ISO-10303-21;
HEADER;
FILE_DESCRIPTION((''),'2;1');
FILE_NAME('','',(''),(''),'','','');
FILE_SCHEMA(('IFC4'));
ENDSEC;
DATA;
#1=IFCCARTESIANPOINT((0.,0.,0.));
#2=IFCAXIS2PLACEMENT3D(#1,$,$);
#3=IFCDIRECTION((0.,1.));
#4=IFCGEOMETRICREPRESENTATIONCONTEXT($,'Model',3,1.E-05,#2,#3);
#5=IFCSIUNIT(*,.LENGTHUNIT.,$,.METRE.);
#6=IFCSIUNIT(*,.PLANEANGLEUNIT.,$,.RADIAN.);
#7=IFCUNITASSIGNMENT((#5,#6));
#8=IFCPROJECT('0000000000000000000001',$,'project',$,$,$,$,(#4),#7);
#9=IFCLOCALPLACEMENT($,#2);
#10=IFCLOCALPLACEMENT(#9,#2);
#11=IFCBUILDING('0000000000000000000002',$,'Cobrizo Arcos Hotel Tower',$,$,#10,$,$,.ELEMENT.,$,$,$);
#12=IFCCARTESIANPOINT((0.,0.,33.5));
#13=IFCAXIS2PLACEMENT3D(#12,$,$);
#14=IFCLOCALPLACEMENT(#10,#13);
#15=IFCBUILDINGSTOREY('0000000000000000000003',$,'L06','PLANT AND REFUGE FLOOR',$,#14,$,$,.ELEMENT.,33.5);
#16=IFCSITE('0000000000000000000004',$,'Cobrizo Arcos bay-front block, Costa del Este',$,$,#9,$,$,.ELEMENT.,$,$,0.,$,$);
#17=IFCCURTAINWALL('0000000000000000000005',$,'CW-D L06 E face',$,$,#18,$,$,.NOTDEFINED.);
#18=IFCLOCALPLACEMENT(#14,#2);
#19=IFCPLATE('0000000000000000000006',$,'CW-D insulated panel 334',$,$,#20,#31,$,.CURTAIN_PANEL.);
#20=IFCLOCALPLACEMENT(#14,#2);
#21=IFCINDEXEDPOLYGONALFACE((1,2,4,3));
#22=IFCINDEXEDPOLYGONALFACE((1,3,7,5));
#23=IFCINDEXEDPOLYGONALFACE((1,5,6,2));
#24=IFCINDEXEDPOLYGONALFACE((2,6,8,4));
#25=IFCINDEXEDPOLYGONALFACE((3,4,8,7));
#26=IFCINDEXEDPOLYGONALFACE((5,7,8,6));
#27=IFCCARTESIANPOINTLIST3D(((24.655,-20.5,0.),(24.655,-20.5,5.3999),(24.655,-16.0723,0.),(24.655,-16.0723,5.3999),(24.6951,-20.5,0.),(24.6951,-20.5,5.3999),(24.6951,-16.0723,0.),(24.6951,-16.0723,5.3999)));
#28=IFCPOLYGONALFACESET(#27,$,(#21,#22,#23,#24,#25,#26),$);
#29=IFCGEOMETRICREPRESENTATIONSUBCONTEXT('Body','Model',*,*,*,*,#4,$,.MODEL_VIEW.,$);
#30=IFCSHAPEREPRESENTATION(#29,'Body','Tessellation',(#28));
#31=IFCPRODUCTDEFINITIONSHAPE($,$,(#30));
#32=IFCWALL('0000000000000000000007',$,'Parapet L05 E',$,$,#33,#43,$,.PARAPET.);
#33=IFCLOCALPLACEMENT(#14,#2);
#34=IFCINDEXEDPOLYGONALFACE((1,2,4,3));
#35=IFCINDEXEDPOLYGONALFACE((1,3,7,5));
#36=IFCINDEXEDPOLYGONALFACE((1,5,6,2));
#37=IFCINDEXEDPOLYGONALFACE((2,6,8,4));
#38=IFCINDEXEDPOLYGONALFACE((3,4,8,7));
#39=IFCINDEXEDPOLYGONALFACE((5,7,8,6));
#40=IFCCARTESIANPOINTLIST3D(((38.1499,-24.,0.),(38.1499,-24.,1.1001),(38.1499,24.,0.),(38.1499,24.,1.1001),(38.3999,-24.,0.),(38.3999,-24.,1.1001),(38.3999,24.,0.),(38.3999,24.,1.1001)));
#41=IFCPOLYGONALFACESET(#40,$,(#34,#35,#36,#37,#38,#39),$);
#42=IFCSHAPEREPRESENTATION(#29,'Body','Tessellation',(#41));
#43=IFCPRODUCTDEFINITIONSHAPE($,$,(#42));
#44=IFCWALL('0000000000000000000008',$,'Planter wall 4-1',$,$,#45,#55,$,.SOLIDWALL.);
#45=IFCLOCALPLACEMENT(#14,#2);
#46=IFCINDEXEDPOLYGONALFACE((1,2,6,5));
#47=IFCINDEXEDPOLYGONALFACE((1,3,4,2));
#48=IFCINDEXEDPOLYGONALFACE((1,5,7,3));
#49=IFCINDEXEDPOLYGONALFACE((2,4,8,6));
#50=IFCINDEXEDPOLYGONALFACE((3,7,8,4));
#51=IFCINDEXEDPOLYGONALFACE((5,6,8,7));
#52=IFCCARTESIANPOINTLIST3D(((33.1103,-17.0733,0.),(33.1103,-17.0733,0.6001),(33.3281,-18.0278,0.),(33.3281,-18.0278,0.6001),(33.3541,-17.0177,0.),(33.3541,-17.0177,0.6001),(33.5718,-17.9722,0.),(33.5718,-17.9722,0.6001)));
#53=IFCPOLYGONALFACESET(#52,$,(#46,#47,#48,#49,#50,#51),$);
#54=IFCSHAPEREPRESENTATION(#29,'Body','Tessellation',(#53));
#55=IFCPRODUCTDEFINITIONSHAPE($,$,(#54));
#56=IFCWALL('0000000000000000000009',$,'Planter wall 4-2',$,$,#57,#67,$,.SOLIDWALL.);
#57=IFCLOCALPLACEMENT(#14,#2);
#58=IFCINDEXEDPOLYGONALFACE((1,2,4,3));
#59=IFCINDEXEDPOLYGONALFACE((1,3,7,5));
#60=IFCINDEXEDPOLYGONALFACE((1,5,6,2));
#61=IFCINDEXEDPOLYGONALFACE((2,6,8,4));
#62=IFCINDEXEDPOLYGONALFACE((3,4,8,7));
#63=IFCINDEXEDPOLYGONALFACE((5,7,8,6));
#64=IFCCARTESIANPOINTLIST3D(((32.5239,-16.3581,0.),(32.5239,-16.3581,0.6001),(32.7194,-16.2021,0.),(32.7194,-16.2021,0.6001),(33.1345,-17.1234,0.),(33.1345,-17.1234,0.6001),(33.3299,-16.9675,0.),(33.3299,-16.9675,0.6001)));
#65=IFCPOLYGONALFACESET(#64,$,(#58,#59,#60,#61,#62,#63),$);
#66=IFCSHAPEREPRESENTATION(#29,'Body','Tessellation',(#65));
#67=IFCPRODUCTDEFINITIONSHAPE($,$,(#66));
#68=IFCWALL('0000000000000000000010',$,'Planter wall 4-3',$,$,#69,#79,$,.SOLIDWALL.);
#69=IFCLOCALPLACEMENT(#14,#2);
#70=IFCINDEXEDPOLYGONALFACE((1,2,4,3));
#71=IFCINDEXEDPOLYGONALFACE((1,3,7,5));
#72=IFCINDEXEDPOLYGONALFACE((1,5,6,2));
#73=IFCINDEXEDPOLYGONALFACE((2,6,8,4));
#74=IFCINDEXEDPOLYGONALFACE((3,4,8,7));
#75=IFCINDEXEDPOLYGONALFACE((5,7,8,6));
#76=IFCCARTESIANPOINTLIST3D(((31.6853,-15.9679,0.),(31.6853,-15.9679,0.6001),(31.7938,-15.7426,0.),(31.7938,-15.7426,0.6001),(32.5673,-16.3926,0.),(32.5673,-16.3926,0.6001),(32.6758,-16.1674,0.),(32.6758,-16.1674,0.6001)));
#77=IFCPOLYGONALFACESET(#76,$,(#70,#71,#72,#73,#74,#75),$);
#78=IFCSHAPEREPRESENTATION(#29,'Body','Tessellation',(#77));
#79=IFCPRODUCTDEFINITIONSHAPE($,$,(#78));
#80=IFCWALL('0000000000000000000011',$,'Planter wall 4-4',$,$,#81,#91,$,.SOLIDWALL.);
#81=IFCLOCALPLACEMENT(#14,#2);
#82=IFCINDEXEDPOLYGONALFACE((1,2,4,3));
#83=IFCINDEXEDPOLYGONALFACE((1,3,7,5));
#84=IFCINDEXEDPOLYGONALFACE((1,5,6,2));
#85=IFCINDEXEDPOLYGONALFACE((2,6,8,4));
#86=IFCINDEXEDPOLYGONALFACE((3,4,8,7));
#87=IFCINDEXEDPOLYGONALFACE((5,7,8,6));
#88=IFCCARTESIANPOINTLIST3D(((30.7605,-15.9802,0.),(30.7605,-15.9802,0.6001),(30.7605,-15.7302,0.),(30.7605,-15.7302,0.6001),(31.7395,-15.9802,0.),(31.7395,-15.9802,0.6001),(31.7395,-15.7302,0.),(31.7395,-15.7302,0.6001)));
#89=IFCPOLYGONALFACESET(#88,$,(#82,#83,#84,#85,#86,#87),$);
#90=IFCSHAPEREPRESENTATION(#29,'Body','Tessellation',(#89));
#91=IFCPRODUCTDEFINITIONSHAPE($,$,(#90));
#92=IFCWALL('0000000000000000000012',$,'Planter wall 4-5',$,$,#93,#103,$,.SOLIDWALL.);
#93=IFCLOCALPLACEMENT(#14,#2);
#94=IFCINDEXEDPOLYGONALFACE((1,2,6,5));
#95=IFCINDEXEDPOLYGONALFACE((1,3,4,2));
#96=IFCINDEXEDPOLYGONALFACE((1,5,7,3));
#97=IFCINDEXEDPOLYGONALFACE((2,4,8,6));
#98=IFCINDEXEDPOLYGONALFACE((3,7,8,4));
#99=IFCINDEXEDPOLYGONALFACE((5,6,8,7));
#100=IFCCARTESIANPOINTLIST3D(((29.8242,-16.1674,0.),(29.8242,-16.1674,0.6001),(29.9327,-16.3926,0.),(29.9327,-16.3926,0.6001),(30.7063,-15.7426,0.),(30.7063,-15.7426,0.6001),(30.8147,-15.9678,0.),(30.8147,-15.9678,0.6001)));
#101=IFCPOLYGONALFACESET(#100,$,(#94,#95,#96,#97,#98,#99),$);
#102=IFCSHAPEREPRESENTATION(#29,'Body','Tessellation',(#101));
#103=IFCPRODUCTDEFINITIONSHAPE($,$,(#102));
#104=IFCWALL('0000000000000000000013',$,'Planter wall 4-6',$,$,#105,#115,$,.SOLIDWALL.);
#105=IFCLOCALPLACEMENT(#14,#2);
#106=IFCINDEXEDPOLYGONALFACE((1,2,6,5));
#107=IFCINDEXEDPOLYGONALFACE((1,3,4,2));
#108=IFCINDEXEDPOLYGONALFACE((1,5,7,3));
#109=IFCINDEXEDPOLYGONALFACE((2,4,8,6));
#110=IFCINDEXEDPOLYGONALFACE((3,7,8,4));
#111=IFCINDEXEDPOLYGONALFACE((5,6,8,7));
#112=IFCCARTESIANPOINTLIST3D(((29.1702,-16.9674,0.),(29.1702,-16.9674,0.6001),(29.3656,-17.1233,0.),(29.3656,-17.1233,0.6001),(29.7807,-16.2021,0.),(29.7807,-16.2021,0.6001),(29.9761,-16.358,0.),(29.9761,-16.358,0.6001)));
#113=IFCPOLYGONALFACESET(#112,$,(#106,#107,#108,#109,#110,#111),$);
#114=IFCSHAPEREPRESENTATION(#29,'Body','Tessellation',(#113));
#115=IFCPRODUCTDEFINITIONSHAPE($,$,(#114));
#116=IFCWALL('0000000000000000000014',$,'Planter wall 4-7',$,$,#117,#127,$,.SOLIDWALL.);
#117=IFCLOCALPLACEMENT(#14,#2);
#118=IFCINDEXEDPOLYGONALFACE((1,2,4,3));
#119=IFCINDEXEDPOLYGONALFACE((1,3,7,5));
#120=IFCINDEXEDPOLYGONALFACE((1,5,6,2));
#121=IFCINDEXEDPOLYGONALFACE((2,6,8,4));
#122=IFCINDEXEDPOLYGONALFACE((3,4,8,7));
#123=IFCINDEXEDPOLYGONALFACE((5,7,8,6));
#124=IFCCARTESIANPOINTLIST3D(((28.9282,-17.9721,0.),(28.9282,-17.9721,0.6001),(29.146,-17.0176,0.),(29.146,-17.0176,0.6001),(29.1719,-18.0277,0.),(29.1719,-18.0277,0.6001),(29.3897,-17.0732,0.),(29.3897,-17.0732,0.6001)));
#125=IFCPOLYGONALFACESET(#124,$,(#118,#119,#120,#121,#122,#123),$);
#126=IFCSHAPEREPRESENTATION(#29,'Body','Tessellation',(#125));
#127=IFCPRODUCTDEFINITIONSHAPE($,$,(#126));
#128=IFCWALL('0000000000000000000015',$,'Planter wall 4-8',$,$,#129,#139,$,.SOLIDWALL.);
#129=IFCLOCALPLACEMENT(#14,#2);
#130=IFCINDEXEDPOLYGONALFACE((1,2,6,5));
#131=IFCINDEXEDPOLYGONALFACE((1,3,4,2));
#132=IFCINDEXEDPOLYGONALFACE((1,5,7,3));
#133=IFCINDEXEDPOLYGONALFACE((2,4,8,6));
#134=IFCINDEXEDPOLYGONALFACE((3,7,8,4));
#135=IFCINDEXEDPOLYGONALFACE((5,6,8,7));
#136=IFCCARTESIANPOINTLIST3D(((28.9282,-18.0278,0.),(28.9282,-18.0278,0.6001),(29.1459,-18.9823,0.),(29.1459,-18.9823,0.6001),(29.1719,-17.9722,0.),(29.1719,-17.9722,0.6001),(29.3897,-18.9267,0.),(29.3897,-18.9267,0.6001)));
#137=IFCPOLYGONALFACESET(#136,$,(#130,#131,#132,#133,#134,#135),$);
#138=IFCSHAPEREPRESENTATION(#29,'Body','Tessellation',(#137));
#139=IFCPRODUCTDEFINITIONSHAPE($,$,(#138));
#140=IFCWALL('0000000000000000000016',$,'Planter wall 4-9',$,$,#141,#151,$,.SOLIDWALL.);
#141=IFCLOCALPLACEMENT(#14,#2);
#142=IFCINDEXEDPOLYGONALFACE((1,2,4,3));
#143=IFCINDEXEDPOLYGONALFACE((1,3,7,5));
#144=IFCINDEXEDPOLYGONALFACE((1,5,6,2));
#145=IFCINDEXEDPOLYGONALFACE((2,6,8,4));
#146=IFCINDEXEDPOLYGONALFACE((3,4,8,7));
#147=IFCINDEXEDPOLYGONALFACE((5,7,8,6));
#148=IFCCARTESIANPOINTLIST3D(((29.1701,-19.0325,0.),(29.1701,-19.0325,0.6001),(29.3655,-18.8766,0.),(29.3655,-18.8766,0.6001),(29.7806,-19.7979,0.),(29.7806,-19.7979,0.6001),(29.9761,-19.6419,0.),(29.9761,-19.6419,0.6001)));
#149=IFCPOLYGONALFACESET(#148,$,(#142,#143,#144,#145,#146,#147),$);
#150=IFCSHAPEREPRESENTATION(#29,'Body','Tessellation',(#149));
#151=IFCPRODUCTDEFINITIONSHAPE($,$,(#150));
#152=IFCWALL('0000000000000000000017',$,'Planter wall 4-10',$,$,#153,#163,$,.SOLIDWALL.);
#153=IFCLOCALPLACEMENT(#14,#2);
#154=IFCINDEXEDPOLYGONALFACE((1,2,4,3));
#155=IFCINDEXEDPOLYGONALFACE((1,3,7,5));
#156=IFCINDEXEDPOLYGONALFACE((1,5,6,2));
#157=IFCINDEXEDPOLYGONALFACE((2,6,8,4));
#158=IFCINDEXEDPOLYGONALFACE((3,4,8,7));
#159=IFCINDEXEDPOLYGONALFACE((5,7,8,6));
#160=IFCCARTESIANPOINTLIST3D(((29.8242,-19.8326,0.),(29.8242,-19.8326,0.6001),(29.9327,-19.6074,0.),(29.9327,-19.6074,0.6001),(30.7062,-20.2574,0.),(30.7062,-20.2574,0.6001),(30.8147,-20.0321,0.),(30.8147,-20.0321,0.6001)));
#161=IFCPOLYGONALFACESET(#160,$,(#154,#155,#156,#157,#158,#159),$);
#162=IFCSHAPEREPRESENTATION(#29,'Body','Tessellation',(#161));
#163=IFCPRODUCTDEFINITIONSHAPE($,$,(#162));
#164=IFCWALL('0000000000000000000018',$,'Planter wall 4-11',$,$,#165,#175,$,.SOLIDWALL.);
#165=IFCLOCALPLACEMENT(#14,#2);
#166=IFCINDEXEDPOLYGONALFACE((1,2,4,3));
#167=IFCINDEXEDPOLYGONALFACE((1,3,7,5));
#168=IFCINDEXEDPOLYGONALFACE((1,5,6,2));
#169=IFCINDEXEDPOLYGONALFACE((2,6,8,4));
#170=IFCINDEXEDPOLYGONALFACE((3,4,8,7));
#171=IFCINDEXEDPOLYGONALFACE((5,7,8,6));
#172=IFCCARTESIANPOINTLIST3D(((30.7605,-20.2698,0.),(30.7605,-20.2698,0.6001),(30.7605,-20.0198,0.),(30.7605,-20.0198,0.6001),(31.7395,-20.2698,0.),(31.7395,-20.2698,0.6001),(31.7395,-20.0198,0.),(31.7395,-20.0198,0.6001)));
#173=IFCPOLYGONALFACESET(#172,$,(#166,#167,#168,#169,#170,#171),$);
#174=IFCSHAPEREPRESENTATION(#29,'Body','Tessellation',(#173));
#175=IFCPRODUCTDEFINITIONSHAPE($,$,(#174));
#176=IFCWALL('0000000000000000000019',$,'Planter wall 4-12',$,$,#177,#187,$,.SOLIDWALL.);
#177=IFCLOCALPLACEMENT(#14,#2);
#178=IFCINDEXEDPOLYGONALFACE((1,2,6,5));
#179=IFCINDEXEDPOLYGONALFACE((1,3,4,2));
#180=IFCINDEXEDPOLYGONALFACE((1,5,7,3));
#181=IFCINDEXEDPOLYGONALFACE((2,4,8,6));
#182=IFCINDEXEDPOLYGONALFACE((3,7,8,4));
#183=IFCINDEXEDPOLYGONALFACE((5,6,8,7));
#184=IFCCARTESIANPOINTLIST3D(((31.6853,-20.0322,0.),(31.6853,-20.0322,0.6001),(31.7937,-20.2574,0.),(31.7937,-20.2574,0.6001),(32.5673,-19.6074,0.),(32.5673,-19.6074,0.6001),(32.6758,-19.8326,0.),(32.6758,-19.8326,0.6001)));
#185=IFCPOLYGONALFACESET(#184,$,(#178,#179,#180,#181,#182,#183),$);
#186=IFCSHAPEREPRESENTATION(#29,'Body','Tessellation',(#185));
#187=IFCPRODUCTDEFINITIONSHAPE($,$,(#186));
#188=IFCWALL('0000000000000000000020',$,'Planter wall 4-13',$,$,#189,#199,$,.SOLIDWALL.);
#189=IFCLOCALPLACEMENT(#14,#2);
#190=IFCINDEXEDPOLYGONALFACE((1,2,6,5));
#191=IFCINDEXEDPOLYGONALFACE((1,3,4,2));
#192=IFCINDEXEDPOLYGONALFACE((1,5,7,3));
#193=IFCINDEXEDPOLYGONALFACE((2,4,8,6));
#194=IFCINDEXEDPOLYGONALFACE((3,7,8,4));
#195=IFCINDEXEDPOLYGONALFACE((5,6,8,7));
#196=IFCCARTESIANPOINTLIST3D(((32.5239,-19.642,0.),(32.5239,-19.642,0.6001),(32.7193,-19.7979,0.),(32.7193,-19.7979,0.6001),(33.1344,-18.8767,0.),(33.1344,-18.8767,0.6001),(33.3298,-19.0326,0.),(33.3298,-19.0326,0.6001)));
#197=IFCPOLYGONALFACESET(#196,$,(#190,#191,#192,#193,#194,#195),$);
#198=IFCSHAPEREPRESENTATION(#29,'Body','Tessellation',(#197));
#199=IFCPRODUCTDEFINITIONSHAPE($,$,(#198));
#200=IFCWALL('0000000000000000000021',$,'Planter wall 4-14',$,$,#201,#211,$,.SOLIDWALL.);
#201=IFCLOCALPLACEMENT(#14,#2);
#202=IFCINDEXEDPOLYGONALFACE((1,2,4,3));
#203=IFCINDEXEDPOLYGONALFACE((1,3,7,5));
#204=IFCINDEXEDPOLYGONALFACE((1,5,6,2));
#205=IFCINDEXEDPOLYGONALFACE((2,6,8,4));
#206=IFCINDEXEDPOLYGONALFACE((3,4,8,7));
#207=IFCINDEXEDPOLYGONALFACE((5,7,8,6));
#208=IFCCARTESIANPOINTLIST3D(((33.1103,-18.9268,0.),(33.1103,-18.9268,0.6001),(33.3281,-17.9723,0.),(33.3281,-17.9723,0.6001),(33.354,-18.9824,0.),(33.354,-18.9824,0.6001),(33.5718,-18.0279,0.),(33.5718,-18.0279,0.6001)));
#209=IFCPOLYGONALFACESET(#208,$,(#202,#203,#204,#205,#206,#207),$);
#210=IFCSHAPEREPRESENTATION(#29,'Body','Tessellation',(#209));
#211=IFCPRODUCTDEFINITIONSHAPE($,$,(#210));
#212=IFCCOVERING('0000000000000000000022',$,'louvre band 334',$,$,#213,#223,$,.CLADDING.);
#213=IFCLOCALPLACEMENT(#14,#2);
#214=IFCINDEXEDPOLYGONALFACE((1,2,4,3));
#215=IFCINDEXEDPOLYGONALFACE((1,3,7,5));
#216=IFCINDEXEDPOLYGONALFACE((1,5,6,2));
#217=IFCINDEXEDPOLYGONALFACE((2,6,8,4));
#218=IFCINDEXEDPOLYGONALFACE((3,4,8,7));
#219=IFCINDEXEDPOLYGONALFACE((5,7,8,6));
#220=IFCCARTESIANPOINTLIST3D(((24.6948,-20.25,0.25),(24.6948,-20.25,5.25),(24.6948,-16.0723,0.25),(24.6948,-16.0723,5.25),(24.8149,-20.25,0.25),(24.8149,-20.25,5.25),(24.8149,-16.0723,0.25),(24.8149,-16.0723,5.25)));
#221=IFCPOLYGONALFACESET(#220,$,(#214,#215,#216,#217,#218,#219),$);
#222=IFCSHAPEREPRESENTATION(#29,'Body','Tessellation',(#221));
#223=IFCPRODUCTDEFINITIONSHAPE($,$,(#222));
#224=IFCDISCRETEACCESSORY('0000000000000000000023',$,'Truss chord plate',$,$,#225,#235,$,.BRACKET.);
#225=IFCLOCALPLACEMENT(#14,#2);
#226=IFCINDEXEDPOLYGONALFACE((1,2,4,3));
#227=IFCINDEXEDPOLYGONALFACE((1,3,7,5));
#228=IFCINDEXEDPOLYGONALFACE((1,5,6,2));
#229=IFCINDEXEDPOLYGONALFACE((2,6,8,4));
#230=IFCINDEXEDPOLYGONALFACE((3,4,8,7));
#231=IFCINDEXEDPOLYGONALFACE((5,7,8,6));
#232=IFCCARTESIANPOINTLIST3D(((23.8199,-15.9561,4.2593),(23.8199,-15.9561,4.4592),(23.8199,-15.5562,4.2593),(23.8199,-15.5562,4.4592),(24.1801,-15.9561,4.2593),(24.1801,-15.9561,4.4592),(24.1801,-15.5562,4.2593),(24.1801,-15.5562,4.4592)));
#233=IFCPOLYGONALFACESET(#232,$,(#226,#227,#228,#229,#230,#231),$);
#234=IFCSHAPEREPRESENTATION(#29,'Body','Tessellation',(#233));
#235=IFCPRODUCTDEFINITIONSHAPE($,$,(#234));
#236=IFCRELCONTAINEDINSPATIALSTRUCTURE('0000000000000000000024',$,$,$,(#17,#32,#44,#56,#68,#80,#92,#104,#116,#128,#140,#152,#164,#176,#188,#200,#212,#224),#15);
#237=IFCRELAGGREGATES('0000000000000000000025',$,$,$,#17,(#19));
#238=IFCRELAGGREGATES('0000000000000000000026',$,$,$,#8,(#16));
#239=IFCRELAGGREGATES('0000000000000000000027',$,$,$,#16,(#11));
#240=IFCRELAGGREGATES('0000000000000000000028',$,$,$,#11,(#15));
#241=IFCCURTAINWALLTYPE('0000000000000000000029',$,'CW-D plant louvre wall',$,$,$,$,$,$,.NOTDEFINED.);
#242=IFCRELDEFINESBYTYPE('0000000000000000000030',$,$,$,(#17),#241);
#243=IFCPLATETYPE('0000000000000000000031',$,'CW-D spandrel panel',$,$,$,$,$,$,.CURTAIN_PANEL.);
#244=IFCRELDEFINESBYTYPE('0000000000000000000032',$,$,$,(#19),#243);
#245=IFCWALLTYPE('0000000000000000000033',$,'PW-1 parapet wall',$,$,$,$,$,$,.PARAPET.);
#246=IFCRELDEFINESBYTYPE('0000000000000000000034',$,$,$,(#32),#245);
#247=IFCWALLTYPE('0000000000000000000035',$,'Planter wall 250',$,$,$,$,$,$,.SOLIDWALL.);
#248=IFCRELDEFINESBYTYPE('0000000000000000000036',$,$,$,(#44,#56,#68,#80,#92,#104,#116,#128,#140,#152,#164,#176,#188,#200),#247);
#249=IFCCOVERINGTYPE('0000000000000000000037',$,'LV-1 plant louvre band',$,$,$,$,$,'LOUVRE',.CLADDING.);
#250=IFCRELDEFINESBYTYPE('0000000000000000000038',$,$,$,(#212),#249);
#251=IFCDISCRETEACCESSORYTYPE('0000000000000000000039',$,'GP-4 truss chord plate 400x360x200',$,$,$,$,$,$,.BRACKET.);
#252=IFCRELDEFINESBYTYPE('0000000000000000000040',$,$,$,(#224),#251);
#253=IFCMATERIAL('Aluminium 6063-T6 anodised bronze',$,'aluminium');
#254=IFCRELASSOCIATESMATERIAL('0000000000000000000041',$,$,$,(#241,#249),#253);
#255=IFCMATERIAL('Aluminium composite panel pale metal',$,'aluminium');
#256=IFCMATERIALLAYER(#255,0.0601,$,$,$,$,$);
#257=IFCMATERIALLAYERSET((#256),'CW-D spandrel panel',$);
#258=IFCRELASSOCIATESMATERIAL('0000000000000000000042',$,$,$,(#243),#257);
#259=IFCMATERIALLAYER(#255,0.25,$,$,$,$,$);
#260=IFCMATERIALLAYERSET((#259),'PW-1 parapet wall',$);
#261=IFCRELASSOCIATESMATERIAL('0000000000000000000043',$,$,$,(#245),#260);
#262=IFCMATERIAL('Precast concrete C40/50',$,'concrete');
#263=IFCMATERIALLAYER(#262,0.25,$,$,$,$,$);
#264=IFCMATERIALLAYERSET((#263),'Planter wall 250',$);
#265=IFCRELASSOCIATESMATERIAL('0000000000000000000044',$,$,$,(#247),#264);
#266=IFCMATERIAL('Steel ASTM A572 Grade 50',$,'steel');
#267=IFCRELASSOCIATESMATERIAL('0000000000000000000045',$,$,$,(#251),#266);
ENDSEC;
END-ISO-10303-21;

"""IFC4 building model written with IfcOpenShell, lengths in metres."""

from ifc_helpers import new_model, si_unit, direction, frame, frame_2d, origin, origin_2d, place, context, subcontext, project, spatial, rectangle, extrude, material, layer, layer_set, type_object, element, aggregate, save


model = new_model("IFC4")

# Units and contexts
model_context = context("Model", 3, precision=1e-05, world=origin(), true_north=direction((0.0, 1.0)))
body_context = subcontext(model_context, "Body", "Model", "MODEL_VIEW")
ifc_project = project(units=[si_unit("LENGTHUNIT", "METRE"), si_unit("PLANEANGLEUNIT", "RADIAN")], contexts=[model_context])

# Site, building, storey
site_placement = place(None, origin())
site = spatial("IfcSite", under=ifc_project, at=site_placement, Name="Cobrizo Arcos bay-front block, Costa del Este", CompositionType="ELEMENT", RefElevation=0.0)
building_placement = place(site_placement, origin())
building = spatial("IfcBuilding", under=site, at=building_placement, Name="Cobrizo Arcos Hotel Tower", CompositionType="ELEMENT")
storey_placement = place(building_placement, frame((0.0, 0.0, 33.5)))
storey = spatial("IfcBuildingStorey", under=building, at=storey_placement, Name="L06", Description="PLANT AND REFUGE FLOOR", CompositionType="ELEMENT", Elevation=33.5)

# Shared definitions
ifc_material_1 = material(Name="Aluminium 6063-T6 anodised bronze", Category="aluminium")
curtain_wall_type = type_object("IfcCurtainWallType", Name="CW-D plant louvre wall", PredefinedType="NOTDEFINED", material=ifc_material_1)

# Curtain wall
curtain_wall_1_placement = place(storey_placement, origin())
curtain_wall_1 = element("IfcCurtainWall", 1, at=curtain_wall_1_placement, inside=storey, type_object=curtain_wall_type, Name="CW-D L06 E face", PredefinedType="NOTDEFINED")

# Plate
ifc_material_2 = material(Name="Aluminium composite panel pale metal", Category="aluminium")
ifc_layer_1 = layer(ifc_material_2, 0.0601)
ifc_layer_set_1 = layer_set([ifc_layer_1], Name="CW-D spandrel panel")
plate_type = type_object("IfcPlateType", Name="CW-D spandrel panel", PredefinedType="CURTAIN_PANEL", material=ifc_layer_set_1)
plate_placement = place(storey_placement, frame((24.675, -18.2861, 0.0), z_axis=(0.0, 0.0, 1.0), x_axis=(0.0, 1.0, 0.0)))
plate = element("IfcPlate", 2, at=plate_placement, type_object=plate_type, Name="CW-D insulated panel 334", PredefinedType="CURTAIN_PANEL", context=body_context, shape_type="SweptSolid", body=[
    extrude(rectangle(XDim=4.4277, YDim=0.04, at=origin_2d()), origin(), (0.0, 0.0, 1.0), 5.3999),
])
aggregate(curtain_wall_1, [plate])

# Walls
ifc_layer_2 = layer(ifc_material_2, 0.25)
ifc_layer_set_2 = layer_set([ifc_layer_2], Name="PW-1 parapet wall")
wall_type_1 = type_object("IfcWallType", Name="PW-1 parapet wall", PredefinedType="PARAPET", material=ifc_layer_set_2)
wall_placement = place(storey_placement, frame((38.2749, -24.0, 0.0), z_axis=(0.0, 0.0, 1.0), x_axis=(0.0, 1.0, 0.0)))
element("IfcWall", 3, at=wall_placement, inside=storey, type_object=wall_type_1, Name="Parapet L05 E", PredefinedType="PARAPET", context=body_context, shape_type="SweptSolid", body=[
    extrude(rectangle(XDim=48.0, YDim=0.25, at=frame_2d((24.0, 0.0))), origin(), (0.0, 0.0, 1.0), 1.1001),
])
ifc_material_3 = material(Name="Precast concrete C40/50", Category="concrete")
ifc_layer_3 = layer(ifc_material_3, 0.25)
ifc_layer_set_3 = layer_set([ifc_layer_3], Name="Planter wall 250")
wall_type_2 = type_object("IfcWallType", Name="Planter wall 250", PredefinedType="SOLIDWALL", material=ifc_layer_set_3)
for number, where, z_axis, x_axis, name in (
    (4, (33.45, -18.0, 0.0), (0.0, 0.0, 1.0), (-0.222419, 0.974951, 0.0), "Planter wall 4-1"),
    (5, (33.2322, -17.0454, 0.0), (0.0, 0.0, 1.0), (-0.62363, 0.78172, 0.0), "Planter wall 4-2"),
    (6, (32.6216, -16.28, 0.0), (0.0, 0.0, 1.0), (-0.900962, 0.433898, 0.0), "Planter wall 4-3"),
    (7, (31.7395, -15.8552, 0.0), (0.0, 0.0, 1.0), (-1.0, 0.0, 0.0), "Planter wall 4-4"),
    (8, (30.7605, -15.8552, 0.0), (0.0, 0.0, 1.0), (-0.900962, -0.433898, 0.0), "Planter wall 4-5"),
    (9, (29.8784, -16.28, 0.0), (0.0, 0.0, 1.0), (-0.62363, -0.78172, 0.0), "Planter wall 4-6"),
    (10, (29.2678, -17.0454, 0.0), (0.0, 0.0, 1.0), (-0.222419, -0.974951, 0.0), "Planter wall 4-7"),
    (11, (29.05, -18.0, 0.0), (0.0, 0.0, 1.0), (0.222419, -0.974951, 0.0), "Planter wall 4-8"),
    (12, (29.2678, -18.9546, 0.0), (0.0, 0.0, 1.0), (0.62363, -0.78172, 0.0), "Planter wall 4-9"),
    (13, (29.8784, -19.72, 0.0), (0.0, 0.0, 1.0), (0.900962, -0.433898, 0.0), "Planter wall 4-10"),
    (14, (30.7605, -20.1448, 0.0), (0.0, 0.0, 1.0), (1.0, 0.0, 0.0), "Planter wall 4-11"),
    (15, (31.7395, -20.1448, 0.0), (0.0, 0.0, 1.0), (0.900962, 0.433898, 0.0), "Planter wall 4-12"),
    (16, (32.6216, -19.72, 0.0), (0.0, 0.0, 1.0), (0.62363, 0.78172, 0.0), "Planter wall 4-13"),
    (17, (33.2322, -18.9546, 0.0), (0.0, 0.0, 1.0), (0.222419, 0.974951, 0.0), "Planter wall 4-14"),
):
    element("IfcWall", number, at=place(storey_placement, frame(where, z_axis=z_axis, x_axis=x_axis)), inside=storey, type_object=wall_type_2, Name=name, PredefinedType="SOLIDWALL", context=body_context, shape_type="SweptSolid", body=[
        extrude(rectangle(XDim=0.979, YDim=0.25, at=frame_2d((0.4895, 0.0))), origin(), (0.0, 0.0, 1.0), 0.6001),
    ])

# Covering
covering_type = type_object("IfcCoveringType", Name="LV-1 plant louvre band", ElementType="LOUVRE", PredefinedType="CLADDING", material=ifc_material_1)
covering_placement = place(storey_placement, frame((24.7549, -18.1611, 0.25), z_axis=(0.0, 0.0, 1.0), x_axis=(0.0, 1.0, 0.0)))
element("IfcCovering", 18, at=covering_placement, inside=storey, type_object=covering_type, Name="louvre band 334", PredefinedType="CLADDING", context=body_context, shape_type="SweptSolid", body=[
    extrude(rectangle(XDim=4.1777, YDim=0.1201, at=origin_2d()), origin(), (0.0, 0.0, 1.0), 5.0),
])

# Discrete accessory
ifc_material_4 = material(Name="Steel ASTM A572 Grade 50", Category="steel")
discrete_accessory_type = type_object("IfcDiscreteAccessoryType", Name="GP-4 truss chord plate 400x360x200", PredefinedType="BRACKET", material=ifc_material_4)
discrete_accessory_placement = place(storey_placement, frame((24.0, -15.7561, 4.2593), z_axis=(0.0, 0.0, 1.0), x_axis=(0.0, 1.0, 0.0)))
element("IfcDiscreteAccessory", 19, at=discrete_accessory_placement, inside=storey, type_object=discrete_accessory_type, Name="Truss chord plate", PredefinedType="BRACKET", context=body_context, shape_type="SweptSolid", body=[
    extrude(rectangle(XDim=0.3999, YDim=0.3601, at=origin_2d()), origin(), (0.0, 0.0, 1.0), 0.2),
])

save(model, "model.ifc")
